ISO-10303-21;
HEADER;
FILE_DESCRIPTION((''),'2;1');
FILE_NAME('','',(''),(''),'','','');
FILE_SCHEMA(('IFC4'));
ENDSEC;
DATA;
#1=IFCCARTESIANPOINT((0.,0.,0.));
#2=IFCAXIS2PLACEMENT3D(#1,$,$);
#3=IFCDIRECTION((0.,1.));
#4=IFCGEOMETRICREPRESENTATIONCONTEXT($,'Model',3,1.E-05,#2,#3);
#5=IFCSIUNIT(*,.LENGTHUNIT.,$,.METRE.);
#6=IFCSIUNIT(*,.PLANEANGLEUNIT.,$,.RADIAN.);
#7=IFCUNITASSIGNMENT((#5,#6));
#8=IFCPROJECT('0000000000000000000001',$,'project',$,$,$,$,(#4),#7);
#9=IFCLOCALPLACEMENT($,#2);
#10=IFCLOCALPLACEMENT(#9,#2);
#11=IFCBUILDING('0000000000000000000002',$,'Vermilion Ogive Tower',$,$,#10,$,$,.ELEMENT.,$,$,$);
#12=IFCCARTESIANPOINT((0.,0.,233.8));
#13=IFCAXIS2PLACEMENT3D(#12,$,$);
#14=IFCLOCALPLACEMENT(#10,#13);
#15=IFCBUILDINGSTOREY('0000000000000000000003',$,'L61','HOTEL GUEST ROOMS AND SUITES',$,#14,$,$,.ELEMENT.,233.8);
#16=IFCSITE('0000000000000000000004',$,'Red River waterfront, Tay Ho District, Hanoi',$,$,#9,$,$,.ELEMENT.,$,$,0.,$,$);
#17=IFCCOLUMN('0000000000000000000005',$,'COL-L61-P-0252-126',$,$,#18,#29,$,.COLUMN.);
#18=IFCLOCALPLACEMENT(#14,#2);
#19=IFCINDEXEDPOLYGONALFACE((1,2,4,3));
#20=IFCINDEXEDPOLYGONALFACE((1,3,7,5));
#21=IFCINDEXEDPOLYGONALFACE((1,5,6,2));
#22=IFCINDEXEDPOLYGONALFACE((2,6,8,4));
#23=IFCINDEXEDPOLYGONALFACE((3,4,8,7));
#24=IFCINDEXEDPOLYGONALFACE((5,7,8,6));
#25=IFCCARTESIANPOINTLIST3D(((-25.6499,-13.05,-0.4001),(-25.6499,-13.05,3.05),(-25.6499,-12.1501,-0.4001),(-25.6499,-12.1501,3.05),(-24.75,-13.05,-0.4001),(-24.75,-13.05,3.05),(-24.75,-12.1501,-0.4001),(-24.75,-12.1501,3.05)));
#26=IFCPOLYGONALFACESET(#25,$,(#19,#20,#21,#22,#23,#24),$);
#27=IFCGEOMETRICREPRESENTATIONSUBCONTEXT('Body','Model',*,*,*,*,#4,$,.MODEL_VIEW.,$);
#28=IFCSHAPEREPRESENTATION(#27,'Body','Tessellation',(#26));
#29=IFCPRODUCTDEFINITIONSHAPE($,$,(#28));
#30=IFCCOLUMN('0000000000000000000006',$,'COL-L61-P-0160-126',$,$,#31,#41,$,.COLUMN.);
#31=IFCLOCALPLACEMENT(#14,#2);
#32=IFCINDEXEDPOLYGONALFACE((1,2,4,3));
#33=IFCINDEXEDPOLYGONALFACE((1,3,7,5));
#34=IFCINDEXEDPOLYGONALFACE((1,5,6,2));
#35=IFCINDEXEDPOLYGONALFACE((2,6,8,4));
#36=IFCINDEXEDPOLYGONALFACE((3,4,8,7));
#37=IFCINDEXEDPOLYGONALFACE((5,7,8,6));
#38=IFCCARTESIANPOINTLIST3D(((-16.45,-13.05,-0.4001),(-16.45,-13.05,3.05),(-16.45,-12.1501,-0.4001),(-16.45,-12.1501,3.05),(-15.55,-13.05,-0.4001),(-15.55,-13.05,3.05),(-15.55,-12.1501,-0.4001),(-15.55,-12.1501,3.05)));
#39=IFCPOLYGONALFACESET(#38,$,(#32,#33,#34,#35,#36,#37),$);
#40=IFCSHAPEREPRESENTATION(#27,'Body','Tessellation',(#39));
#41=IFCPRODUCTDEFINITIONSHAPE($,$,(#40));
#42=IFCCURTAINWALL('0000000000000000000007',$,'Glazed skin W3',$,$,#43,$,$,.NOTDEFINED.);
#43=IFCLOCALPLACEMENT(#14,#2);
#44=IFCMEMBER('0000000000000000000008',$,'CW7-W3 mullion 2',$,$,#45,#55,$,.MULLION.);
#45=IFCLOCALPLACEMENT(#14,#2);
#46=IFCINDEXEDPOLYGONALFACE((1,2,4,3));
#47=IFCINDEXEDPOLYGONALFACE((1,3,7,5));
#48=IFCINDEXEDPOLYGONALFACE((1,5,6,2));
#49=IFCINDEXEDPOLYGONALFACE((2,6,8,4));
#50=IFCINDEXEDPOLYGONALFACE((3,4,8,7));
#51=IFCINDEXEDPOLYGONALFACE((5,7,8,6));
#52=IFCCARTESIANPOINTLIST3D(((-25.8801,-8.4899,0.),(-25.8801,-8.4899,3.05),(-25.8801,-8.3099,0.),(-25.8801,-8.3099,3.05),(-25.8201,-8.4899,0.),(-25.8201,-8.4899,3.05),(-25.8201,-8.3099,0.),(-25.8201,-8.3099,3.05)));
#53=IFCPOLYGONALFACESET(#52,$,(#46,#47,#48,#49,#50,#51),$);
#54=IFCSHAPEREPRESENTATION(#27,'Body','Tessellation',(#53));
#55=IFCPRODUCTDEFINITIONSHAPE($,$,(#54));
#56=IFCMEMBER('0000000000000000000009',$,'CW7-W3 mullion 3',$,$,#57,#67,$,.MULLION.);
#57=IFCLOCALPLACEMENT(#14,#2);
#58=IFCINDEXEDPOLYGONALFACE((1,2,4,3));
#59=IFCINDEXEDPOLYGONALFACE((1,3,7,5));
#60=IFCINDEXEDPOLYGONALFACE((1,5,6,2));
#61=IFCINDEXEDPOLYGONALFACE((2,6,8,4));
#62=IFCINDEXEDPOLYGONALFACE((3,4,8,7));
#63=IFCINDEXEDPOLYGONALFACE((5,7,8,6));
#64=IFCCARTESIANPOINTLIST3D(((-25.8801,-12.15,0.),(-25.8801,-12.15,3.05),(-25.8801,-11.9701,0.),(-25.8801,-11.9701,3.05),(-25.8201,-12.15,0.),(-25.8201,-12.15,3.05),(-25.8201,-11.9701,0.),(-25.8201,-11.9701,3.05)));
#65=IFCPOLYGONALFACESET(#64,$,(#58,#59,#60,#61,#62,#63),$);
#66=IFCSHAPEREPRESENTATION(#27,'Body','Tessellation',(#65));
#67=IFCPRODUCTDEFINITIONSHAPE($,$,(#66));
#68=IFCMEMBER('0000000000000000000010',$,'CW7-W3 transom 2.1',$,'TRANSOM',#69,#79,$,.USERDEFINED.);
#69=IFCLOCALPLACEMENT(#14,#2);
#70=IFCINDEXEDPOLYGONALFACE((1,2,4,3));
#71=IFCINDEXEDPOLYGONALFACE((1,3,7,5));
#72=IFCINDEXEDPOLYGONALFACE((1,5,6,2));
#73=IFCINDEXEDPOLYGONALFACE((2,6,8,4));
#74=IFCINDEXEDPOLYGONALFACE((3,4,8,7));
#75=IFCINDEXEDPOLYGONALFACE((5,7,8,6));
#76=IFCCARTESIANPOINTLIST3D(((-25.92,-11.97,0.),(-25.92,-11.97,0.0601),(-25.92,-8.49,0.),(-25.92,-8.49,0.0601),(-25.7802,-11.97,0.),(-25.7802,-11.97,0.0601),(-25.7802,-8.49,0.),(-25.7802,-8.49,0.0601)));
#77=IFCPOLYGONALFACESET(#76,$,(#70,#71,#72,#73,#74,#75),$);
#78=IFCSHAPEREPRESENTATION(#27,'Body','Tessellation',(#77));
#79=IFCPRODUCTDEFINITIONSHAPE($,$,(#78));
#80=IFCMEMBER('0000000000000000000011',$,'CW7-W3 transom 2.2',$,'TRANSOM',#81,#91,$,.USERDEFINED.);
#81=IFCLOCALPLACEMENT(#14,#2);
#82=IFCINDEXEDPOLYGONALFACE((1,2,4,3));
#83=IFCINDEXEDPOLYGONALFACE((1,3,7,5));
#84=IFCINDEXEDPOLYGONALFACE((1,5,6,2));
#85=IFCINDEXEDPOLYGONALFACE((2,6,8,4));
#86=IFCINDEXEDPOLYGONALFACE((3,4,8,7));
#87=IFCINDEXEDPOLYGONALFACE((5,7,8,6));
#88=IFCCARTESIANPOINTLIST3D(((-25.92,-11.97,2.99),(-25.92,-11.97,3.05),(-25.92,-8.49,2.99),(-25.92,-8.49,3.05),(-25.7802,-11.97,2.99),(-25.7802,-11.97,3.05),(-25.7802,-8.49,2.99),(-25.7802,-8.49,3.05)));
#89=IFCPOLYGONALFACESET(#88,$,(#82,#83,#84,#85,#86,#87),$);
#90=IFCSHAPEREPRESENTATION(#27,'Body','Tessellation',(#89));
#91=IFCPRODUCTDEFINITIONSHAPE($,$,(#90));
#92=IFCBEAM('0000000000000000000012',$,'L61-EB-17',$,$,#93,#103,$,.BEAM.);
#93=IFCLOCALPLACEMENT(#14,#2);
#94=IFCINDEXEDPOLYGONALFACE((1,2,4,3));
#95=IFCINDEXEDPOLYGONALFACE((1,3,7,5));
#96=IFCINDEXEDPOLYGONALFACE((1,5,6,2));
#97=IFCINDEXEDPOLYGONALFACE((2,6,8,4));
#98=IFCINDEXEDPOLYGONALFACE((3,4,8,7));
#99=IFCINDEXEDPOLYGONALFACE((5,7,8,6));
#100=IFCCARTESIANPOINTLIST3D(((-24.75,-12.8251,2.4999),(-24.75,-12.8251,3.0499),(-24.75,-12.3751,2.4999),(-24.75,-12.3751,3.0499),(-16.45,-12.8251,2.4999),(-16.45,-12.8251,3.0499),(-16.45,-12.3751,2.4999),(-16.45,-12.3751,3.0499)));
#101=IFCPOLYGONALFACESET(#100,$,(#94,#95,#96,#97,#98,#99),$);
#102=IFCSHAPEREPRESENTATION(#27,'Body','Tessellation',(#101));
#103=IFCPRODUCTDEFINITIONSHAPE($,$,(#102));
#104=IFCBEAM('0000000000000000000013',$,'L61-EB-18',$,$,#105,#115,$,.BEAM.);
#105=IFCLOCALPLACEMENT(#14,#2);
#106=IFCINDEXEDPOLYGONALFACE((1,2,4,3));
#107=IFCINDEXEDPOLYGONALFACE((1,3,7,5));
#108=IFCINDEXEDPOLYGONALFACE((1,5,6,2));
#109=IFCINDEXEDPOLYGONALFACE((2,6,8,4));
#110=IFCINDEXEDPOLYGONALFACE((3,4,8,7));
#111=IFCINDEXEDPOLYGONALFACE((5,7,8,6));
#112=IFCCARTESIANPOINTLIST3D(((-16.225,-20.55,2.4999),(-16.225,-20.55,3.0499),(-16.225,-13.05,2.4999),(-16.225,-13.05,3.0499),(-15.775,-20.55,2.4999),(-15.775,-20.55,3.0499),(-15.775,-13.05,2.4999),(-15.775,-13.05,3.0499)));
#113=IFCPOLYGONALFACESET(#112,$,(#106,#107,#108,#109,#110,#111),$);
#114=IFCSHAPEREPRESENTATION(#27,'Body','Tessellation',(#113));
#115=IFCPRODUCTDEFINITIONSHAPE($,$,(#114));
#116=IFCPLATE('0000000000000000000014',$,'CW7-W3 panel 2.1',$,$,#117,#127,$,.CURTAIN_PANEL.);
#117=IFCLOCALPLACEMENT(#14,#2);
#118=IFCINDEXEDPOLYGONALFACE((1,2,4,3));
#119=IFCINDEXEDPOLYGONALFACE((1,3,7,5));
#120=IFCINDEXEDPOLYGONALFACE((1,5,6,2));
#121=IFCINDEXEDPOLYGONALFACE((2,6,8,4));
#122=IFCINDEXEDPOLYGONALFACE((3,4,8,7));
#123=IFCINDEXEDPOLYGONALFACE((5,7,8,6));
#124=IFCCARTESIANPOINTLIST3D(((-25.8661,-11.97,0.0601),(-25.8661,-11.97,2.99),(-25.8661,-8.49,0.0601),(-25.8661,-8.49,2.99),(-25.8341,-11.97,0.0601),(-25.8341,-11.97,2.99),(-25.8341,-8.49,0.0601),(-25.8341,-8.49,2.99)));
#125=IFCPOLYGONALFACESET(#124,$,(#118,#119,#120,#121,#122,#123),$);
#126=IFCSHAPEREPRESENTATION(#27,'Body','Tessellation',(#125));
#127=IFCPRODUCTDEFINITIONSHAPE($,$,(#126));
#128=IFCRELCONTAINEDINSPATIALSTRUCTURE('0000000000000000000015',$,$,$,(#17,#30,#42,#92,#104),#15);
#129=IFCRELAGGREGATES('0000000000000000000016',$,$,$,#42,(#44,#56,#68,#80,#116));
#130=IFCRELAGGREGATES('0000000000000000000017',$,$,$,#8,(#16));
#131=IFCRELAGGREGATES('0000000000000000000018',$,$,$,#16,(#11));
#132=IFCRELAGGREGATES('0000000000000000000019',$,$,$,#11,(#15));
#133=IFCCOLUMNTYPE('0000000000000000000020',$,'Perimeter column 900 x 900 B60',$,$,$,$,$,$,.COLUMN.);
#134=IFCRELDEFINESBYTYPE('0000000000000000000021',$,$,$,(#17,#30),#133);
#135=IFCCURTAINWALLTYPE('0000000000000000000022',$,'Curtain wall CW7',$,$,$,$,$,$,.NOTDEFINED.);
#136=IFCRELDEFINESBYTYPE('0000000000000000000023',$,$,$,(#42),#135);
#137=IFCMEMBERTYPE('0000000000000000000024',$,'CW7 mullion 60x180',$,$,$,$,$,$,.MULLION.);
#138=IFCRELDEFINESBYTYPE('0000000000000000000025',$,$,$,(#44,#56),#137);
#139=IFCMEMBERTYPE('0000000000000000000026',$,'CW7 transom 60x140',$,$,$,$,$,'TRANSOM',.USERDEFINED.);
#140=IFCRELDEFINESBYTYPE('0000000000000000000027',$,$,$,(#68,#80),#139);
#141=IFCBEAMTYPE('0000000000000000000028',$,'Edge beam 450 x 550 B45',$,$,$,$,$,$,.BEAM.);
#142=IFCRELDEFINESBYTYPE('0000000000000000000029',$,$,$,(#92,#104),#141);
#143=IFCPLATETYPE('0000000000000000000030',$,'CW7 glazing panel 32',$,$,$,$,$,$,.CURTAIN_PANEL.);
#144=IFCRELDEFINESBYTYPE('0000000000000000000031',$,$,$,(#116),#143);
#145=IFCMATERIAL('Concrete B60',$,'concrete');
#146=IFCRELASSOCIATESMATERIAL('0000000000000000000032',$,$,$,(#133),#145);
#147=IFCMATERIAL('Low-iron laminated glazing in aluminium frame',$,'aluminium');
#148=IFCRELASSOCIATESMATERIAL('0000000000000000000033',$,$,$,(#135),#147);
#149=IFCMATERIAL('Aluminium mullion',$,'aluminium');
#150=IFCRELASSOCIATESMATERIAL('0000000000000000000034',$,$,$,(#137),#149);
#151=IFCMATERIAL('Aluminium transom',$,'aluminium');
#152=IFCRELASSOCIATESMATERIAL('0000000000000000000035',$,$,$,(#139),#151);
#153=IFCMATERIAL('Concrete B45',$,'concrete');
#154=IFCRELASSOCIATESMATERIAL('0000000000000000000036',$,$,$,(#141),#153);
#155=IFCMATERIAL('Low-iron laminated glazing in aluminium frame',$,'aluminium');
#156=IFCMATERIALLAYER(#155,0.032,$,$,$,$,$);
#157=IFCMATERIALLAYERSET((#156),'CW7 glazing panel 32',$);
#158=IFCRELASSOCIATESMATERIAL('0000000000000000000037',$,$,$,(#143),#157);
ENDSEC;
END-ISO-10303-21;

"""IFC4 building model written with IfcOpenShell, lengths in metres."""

from ifc_helpers import new_model, si_unit, direction, frame, origin, origin_2d, place, context, subcontext, project, spatial, rectangle, extrude, material, layer, layer_set, material_profile, profile_set, type_object, element, aggregate, save


model = new_model("IFC4")

# Units and contexts
model_context = context("Model", 3, precision=1e-05, world=origin(), true_north=direction((0.0, 1.0)))
body_context = subcontext(model_context, "Body", "Model", "MODEL_VIEW")
ifc_project = project(units=[si_unit("LENGTHUNIT", "METRE"), si_unit("PLANEANGLEUNIT", "RADIAN")], contexts=[model_context])

# Site, building, storey
site_placement = place(None, origin())
site = spatial("IfcSite", under=ifc_project, at=site_placement, Name="Red River waterfront, Tay Ho District, Hanoi", CompositionType="ELEMENT", RefElevation=0.0)
building_placement = place(site_placement, origin())
building = spatial("IfcBuilding", under=site, at=building_placement, Name="Vermilion Ogive Tower", CompositionType="ELEMENT")
storey_placement = place(building_placement, frame((0.0, 0.0, 233.8)))
storey = spatial("IfcBuildingStorey", under=building, at=storey_placement, Name="L61", Description="HOTEL GUEST ROOMS AND SUITES", CompositionType="ELEMENT", Elevation=233.8)

# Columns
ifc_material_1 = material(Name="Concrete B60", Category="concrete")
ifc_material_profile_1 = material_profile(ifc_material_1, rectangle(XDim=0.8999, YDim=0.8999, at=origin_2d()), Name="900 x 900")
ifc_profile_set_1 = profile_set([ifc_material_profile_1], Name="Concrete B60")
column_type = type_object("IfcColumnType", Name="Perimeter column 900 x 900 B60", PredefinedType="COLUMN", material=ifc_profile_set_1)
for number, where, z_axis, x_axis, name in (
    (1, (-25.2, -12.6001, -0.4001), (0.0, 0.0, 1.0), (1.0, 0.0, 0.0), "COL-L61-P-0252-126"),
    (2, (-16.0, -12.6001, -0.4001), (0.0, 0.0, 1.0), (1.0, 0.0, 0.0), "COL-L61-P-0160-126"),
):
    element("IfcColumn", number, at=place(storey_placement, frame(where, z_axis=z_axis, x_axis=x_axis)), inside=storey, type_object=column_type, Name=name, PredefinedType="COLUMN", context=body_context, shape_type="SweptSolid", body=[
        extrude(rectangle(XDim=0.8999, YDim=0.8999, at=origin_2d()), origin(), (0.0, 0.0, 1.0), 3.4502),
    ])

# Curtain wall, members
ifc_material_2 = material(Name="Low-iron laminated glazing in aluminium frame", Category="aluminium")
curtain_wall_type = type_object("IfcCurtainWallType", Name="Curtain wall CW7", PredefinedType="NOTDEFINED", material=ifc_material_2)
curtain_wall_placement = place(storey_placement, origin())
curtain_wall = element("IfcCurtainWall", 3, at=curtain_wall_placement, inside=storey, type_object=curtain_wall_type, Name="Glazed skin W3", PredefinedType="NOTDEFINED")
ifc_material_3 = material(Name="Aluminium mullion", Category="aluminium")
ifc_material_profile_2 = material_profile(ifc_material_3, rectangle(XDim=0.0601, YDim=0.1799, at=origin_2d()), Name="AL 60x180")
ifc_profile_set_2 = profile_set([ifc_material_profile_2], Name="Aluminium mullion")
member_type_1 = type_object("IfcMemberType", Name="CW7 mullion 60x180", PredefinedType="MULLION", material=ifc_profile_set_2)
member_1_placement = place(storey_placement, frame((-25.8501, -8.3999, 0.0), z_axis=(0.0, 0.0, 1.0), x_axis=(1.0, 0.0, 0.0)))
member_1 = element("IfcMember", 4, at=member_1_placement, type_object=member_type_1, Name="CW7-W3 mullion 2", PredefinedType="MULLION", context=body_context, shape_type="SweptSolid", body=[
    extrude(rectangle(XDim=0.0601, YDim=0.1799, at=origin_2d()), origin(), (0.0, 0.0, 1.0), 3.05),
])
member_2_placement = place(storey_placement, frame((-25.8501, -12.0601, 0.0), z_axis=(0.0, 0.0, 1.0), x_axis=(1.0, 0.0, 0.0)))
member_2 = element("IfcMember", 5, at=member_2_placement, type_object=member_type_1, Name="CW7-W3 mullion 3", PredefinedType="MULLION", context=body_context, shape_type="SweptSolid", body=[
    extrude(rectangle(XDim=0.0601, YDim=0.1799, at=origin_2d()), origin(), (0.0, 0.0, 1.0), 3.05),
])
ifc_material_4 = material(Name="Aluminium transom", Category="aluminium")
ifc_material_profile_3 = material_profile(ifc_material_4, rectangle(XDim=0.1399, YDim=0.0601, at=origin_2d()), Name="AL 60x140")
ifc_profile_set_3 = profile_set([ifc_material_profile_3], Name="Aluminium transom")
member_type_2 = type_object("IfcMemberType", Name="CW7 transom 60x140", ElementType="TRANSOM", PredefinedType="USERDEFINED", material=ifc_profile_set_3)
member_3_placement = place(storey_placement, frame((-25.8501, -8.49, 0.03), z_axis=(0.0, -1.0, 0.0), x_axis=(1.0, 0.0, 0.0)))
member_3 = element("IfcMember", 6, at=member_3_placement, type_object=member_type_2, Name="CW7-W3 transom 2.1", ObjectType="TRANSOM", PredefinedType="USERDEFINED", context=body_context, shape_type="SweptSolid", body=[
    extrude(rectangle(XDim=0.1399, YDim=0.0601, at=origin_2d()), origin(), (0.0, 0.0, 1.0), 3.48),
])
member_4_placement = place(storey_placement, frame((-25.8501, -8.49, 3.02), z_axis=(0.0, -1.0, 0.0), x_axis=(1.0, 0.0, 0.0)))
member_4 = element("IfcMember", 7, at=member_4_placement, type_object=member_type_2, Name="CW7-W3 transom 2.2", ObjectType="TRANSOM", PredefinedType="USERDEFINED", context=body_context, shape_type="SweptSolid", body=[
    extrude(rectangle(XDim=0.1399, YDim=0.0601, at=origin_2d()), origin(), (0.0, 0.0, 1.0), 3.48),
])

# Beams
ifc_material_5 = material(Name="Concrete B45", Category="concrete")
ifc_material_profile_4 = material_profile(ifc_material_5, rectangle(XDim=0.45, YDim=0.55, at=origin_2d()), Name="450 x 550")
ifc_profile_set_4 = profile_set([ifc_material_profile_4], Name="Concrete B45")
beam_type = type_object("IfcBeamType", Name="Edge beam 450 x 550 B45", PredefinedType="BEAM", material=ifc_profile_set_4)
beam_1_placement = place(storey_placement, frame((-24.75, -12.6001, 2.7749), z_axis=(1.0, 0.0, 0.0), x_axis=(0.0, 1.0, 0.0)))
element("IfcBeam", 8, at=beam_1_placement, inside=storey, type_object=beam_type, Name="L61-EB-17", PredefinedType="BEAM", context=body_context, shape_type="SweptSolid", body=[
    extrude(rectangle(XDim=0.45, YDim=0.55, at=origin_2d()), origin(), (0.0, 0.0, 1.0), 8.3),
])
beam_2_placement = place(storey_placement, frame((-16.0, -13.05, 2.7749), z_axis=(0.0, -1.0, 0.0), x_axis=(1.0, 0.0, 0.0)))
element("IfcBeam", 9, at=beam_2_placement, inside=storey, type_object=beam_type, Name="L61-EB-18", PredefinedType="BEAM", context=body_context, shape_type="SweptSolid", body=[
    extrude(rectangle(XDim=0.45, YDim=0.55, at=origin_2d()), origin(), (0.0, 0.0, 1.0), 7.5),
])

# Plate
ifc_material_6 = material(Name="Low-iron laminated glazing in aluminium frame", Category="aluminium")
ifc_layer_1 = layer(ifc_material_6, 0.032)
ifc_layer_set_1 = layer_set([ifc_layer_1], Name="CW7 glazing panel 32")
plate_type = type_object("IfcPlateType", Name="CW7 glazing panel 32", PredefinedType="CURTAIN_PANEL", material=ifc_layer_set_1)
plate_placement = place(storey_placement, frame((-25.8501, -10.23, 0.0601), z_axis=(0.0, 0.0, 1.0), x_axis=(0.0, -1.0, 0.0)))
plate = element("IfcPlate", 10, at=plate_placement, type_object=plate_type, Name="CW7-W3 panel 2.1", PredefinedType="CURTAIN_PANEL", context=body_context, shape_type="SweptSolid", body=[
    extrude(rectangle(XDim=3.48, YDim=0.032, at=origin_2d()), origin(), (0.0, 0.0, 1.0), 2.9299),
])
aggregate(curtain_wall, [member_1, member_2, member_3, member_4, plate])

save(model, "model.ifc")
